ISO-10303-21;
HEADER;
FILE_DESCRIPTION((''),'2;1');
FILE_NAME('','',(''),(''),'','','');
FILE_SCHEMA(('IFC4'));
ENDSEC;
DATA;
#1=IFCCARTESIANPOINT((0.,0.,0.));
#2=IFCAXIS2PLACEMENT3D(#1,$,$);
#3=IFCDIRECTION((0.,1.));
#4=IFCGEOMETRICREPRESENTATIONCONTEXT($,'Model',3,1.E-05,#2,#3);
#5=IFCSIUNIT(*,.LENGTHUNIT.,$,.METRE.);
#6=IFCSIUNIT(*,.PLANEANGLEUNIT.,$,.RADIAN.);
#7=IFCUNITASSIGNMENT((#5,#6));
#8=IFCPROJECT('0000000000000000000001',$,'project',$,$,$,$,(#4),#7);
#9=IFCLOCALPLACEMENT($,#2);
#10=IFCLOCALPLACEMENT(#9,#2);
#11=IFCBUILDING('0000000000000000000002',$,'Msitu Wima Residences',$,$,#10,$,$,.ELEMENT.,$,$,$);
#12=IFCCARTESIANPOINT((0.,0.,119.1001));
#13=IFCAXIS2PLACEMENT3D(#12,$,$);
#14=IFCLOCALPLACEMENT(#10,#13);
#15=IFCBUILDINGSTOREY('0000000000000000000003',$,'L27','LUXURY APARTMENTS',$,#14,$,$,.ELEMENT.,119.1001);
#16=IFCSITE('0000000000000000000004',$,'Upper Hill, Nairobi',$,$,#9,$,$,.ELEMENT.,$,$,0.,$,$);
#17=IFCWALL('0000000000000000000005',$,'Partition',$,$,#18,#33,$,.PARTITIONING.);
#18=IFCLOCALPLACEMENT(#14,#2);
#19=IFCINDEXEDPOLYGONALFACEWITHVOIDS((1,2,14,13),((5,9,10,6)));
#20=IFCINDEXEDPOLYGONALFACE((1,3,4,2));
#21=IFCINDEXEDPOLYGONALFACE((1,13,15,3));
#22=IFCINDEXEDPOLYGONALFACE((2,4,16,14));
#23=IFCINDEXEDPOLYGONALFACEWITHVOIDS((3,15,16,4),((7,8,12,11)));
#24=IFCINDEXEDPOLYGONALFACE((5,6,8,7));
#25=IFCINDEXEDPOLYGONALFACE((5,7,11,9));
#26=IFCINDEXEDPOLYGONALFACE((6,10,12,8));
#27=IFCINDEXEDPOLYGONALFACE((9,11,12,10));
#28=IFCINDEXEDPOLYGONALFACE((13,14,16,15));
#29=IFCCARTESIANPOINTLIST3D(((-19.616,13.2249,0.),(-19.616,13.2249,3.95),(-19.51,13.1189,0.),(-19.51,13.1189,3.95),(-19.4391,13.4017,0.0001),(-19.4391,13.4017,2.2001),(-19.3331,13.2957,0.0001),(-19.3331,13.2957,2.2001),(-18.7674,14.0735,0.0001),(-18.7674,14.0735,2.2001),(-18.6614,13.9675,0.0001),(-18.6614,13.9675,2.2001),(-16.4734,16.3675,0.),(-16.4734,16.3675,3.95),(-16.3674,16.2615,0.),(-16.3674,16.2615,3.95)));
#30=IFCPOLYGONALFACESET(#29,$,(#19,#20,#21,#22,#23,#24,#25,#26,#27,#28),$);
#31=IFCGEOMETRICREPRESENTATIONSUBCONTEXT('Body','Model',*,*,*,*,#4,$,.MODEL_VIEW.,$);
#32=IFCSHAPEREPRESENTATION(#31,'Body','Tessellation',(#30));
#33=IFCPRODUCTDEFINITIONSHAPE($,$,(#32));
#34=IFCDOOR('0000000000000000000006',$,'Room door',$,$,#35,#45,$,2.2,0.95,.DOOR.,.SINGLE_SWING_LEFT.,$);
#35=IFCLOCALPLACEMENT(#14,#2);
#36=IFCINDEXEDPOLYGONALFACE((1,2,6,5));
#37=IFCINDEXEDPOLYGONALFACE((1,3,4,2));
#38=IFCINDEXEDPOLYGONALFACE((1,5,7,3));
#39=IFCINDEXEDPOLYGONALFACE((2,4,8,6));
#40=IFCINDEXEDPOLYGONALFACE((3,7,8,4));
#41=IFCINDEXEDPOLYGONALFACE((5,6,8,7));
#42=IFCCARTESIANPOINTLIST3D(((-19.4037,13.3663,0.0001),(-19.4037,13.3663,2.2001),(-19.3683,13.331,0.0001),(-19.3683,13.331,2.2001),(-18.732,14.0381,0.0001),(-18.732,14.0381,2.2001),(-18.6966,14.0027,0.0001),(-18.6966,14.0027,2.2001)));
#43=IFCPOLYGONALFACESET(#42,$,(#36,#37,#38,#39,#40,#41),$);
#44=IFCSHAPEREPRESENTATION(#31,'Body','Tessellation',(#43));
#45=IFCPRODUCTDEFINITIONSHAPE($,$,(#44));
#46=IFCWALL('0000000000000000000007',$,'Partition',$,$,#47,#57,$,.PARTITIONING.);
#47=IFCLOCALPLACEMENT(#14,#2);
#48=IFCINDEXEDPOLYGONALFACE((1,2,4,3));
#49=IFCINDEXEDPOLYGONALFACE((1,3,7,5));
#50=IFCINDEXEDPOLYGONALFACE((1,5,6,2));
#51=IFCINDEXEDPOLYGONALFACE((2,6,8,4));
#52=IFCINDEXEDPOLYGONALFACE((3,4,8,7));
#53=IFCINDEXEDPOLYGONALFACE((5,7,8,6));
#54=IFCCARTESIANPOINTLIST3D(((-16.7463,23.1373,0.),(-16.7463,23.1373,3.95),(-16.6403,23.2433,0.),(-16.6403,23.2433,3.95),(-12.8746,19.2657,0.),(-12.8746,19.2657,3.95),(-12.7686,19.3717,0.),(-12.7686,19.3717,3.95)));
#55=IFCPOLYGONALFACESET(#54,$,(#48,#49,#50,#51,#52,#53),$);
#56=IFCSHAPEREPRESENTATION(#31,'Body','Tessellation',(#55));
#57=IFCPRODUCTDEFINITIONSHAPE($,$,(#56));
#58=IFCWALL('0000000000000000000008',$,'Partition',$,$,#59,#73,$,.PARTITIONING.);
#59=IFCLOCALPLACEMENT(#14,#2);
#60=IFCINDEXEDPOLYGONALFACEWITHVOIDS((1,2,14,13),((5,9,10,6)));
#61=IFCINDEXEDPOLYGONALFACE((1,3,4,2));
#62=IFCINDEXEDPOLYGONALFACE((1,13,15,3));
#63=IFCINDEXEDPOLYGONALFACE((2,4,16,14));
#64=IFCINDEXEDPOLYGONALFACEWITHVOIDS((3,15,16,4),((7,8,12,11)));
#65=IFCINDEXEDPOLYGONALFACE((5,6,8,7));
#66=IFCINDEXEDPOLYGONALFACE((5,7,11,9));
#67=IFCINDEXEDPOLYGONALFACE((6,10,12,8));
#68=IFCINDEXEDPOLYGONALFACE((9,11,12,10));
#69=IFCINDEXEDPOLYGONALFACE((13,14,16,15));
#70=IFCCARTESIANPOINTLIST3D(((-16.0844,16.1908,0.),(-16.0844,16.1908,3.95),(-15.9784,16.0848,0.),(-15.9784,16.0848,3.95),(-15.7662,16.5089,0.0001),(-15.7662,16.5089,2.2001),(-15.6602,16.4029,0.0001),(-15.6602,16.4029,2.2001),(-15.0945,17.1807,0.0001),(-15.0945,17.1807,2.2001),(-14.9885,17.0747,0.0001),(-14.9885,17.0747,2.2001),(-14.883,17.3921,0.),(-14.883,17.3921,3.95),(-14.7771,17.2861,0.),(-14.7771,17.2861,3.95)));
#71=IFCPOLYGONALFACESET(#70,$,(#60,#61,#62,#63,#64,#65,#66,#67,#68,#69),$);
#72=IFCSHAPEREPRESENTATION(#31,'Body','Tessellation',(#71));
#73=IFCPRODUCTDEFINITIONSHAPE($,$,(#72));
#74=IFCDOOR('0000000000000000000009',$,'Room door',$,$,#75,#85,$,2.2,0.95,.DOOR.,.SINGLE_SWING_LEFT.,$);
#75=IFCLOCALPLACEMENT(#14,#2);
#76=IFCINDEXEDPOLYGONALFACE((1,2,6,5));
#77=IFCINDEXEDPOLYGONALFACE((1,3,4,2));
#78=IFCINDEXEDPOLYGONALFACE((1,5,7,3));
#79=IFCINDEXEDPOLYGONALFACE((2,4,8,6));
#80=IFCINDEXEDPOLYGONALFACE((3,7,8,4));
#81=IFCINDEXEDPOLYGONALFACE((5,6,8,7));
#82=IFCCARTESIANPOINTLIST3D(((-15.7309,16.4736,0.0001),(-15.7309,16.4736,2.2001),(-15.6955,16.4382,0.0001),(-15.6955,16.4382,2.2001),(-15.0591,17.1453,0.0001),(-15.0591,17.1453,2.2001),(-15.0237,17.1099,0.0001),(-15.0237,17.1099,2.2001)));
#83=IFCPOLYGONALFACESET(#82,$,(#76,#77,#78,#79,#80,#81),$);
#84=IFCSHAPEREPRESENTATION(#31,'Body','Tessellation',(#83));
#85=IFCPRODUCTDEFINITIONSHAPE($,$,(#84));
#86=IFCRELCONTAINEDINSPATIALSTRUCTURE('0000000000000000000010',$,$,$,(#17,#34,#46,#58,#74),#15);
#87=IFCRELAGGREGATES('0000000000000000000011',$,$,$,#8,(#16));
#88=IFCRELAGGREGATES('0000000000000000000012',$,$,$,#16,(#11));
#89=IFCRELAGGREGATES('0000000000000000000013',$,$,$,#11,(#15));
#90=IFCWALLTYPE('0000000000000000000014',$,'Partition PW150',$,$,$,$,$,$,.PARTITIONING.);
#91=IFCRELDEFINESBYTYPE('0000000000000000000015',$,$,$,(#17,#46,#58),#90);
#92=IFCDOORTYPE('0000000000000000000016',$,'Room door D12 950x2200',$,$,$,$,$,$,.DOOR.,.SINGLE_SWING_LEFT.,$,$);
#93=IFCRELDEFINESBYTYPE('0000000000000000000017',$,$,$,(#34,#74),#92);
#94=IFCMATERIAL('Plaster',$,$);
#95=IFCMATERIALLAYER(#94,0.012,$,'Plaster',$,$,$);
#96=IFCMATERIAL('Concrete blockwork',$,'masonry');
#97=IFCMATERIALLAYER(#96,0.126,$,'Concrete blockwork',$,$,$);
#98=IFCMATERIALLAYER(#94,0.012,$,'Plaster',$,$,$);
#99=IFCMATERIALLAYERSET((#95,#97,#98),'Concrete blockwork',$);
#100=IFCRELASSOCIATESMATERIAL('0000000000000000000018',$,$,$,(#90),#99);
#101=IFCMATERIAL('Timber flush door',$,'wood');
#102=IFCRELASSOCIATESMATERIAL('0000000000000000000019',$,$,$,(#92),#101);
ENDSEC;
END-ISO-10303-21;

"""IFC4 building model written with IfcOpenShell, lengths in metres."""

from ifc_helpers import new_model, si_unit, direction, frame, frame_2d, origin, place, context, subcontext, project, spatial, rectangle, extrude, material, layer, layer_set, type_object, element, fill, save


model = new_model("IFC4")

# Units and contexts
model_context = context("Model", 3, precision=1e-05, world=origin(), true_north=direction((0.0, 1.0)))
body_context = subcontext(model_context, "Body", "Model", "MODEL_VIEW")
ifc_project = project(units=[si_unit("LENGTHUNIT", "METRE"), si_unit("PLANEANGLEUNIT", "RADIAN")], contexts=[model_context])

# Site, building, storey
site_placement = place(None, origin())
site = spatial("IfcSite", under=ifc_project, at=site_placement, Name="Upper Hill, Nairobi", CompositionType="ELEMENT", RefElevation=0.0)
building_placement = place(site_placement, origin())
building = spatial("IfcBuilding", under=site, at=building_placement, Name="Msitu Wima Residences", CompositionType="ELEMENT")
storey_placement = place(building_placement, frame((0.0, 0.0, 119.1001)))
storey = spatial("IfcBuildingStorey", under=building, at=storey_placement, Name="L27", Description="LUXURY APARTMENTS", CompositionType="ELEMENT", Elevation=119.1001)

# Shared definitions
ifc_material_1 = material(Name="Plaster")
ifc_material_2 = material(Name="Concrete blockwork", Category="masonry")
ifc_layer_1 = layer(ifc_material_1, 0.012, Name="Plaster")
ifc_layer_2 = layer(ifc_material_2, 0.126, Name="Concrete blockwork")
ifc_layer_3 = layer(ifc_material_1, 0.012, Name="Plaster")
ifc_layer_set_1 = layer_set([ifc_layer_1, ifc_layer_2, ifc_layer_3], Name="Concrete blockwork")
wall_type_1 = type_object("IfcWallType", Name="Partition PW150", PredefinedType="PARTITIONING", material=ifc_layer_set_1)

# Wall, opening, door
wall_1_placement = place(storey_placement, frame((-19.563, 13.1719, 0.0), z_axis=(0.0, 0.0, 1.0), x_axis=(0.707107, 0.707107, 0.0)))
wall_1 = element("IfcWall", 1, at=wall_1_placement, inside=storey, type_object=wall_type_1, Name="Partition", PredefinedType="PARTITIONING", context=body_context, shape_type="SweptSolid", body=[
    extrude(rectangle(XDim=4.4443, YDim=0.1499, at=frame_2d((2.2222, 0.0))), origin(), (0.0, 0.0, 1.0), 3.95),
])
opening_1_placement = place(wall_1_placement, frame((0.25, 0.0, 0.0)))
opening_1 = element("IfcOpeningElement", 2, at=opening_1_placement, cuts=wall_1, PredefinedType="OPENING", context=body_context, shape_type="SweptSolid", body=[
    extrude(rectangle(XDim=0.95, YDim=2.2, at=frame_2d((0.4751, 1.1001))), frame((0.0, 0.085, 0.0), z_axis=(0.0, -1.0, 0.0), x_axis=(1.0, 0.0, 0.0)), (0.0, 0.0, 1.0), 0.1699),
])
ifc_material_3 = material(Name="Timber flush door", Category="wood")
door_type_1 = type_object("IfcDoorType", Name="Room door D12 950x2200", OperationType="SINGLE_SWING_LEFT", PredefinedType="DOOR", material=ifc_material_3)
door_1_placement = place(opening_1_placement, origin())
door_1 = element("IfcDoor", 3, at=door_1_placement, inside=storey, type_object=door_type_1, Name="Room door", OperationType="SINGLE_SWING_LEFT", OverallHeight=2.2, OverallWidth=0.95, PredefinedType="DOOR", context=body_context, shape_type="SweptSolid", body=[
    extrude(rectangle(XDim=0.95, YDim=2.2, at=frame_2d((0.4751, 1.1001))), frame((0.0, 0.0249, 0.0), z_axis=(0.0, -1.0, 0.0), x_axis=(1.0, 0.0, 0.0)), (0.0, 0.0, 1.0), 0.05),
])
fill(opening_1, door_1)

# Wall
wall_2_placement = place(storey_placement, frame((-16.6934, 23.1904, 0.0), z_axis=(0.0, 0.0, 1.0), x_axis=(0.707107, -0.707107, 0.0)))
element("IfcWall", 4, at=wall_2_placement, inside=storey, type_object=wall_type_1, Name="Partition", PredefinedType="PARTITIONING", context=body_context, shape_type="SweptSolid", body=[
    extrude(rectangle(XDim=5.4753, YDim=0.1499, at=frame_2d((2.7378, 0.0))), origin(), (0.0, 0.0, 1.0), 3.95),
])

# Wall, opening, door
wall_3_placement = place(storey_placement, frame((-16.0315, 16.1377, 0.0), z_axis=(0.0, 0.0, 1.0), x_axis=(0.707107, 0.707107, 0.0)))
wall_3 = element("IfcWall", 5, at=wall_3_placement, inside=storey, type_object=wall_type_1, Name="Partition", PredefinedType="PARTITIONING", context=body_context, shape_type="SweptSolid", body=[
    extrude(rectangle(XDim=1.699, YDim=0.1499, at=frame_2d((0.8496, 0.0))), origin(), (0.0, 0.0, 1.0), 3.95),
])
opening_2_placement = place(wall_3_placement, frame((0.45, 0.0, 0.0)))
opening_2 = element("IfcOpeningElement", 6, at=opening_2_placement, cuts=wall_3, PredefinedType="OPENING", context=body_context, shape_type="SweptSolid", body=[
    extrude(rectangle(XDim=0.95, YDim=2.2, at=frame_2d((0.4751, 1.1001))), frame((0.0, 0.085, 0.0), z_axis=(0.0, -1.0, 0.0), x_axis=(1.0, 0.0, 0.0)), (0.0, 0.0, 1.0), 0.1699),
])
door_2_placement = place(opening_2_placement, origin())
door_2 = element("IfcDoor", 7, at=door_2_placement, inside=storey, type_object=door_type_1, Name="Room door", OperationType="SINGLE_SWING_LEFT", OverallHeight=2.2, OverallWidth=0.95, PredefinedType="DOOR", context=body_context, shape_type="SweptSolid", body=[
    extrude(rectangle(XDim=0.95, YDim=2.2, at=frame_2d((0.4751, 1.1001))), frame((0.0, 0.0249, 0.0), z_axis=(0.0, -1.0, 0.0), x_axis=(1.0, 0.0, 0.0)), (0.0, 0.0, 1.0), 0.05),
])
fill(opening_2, door_2)

save(model, "model.ifc")
